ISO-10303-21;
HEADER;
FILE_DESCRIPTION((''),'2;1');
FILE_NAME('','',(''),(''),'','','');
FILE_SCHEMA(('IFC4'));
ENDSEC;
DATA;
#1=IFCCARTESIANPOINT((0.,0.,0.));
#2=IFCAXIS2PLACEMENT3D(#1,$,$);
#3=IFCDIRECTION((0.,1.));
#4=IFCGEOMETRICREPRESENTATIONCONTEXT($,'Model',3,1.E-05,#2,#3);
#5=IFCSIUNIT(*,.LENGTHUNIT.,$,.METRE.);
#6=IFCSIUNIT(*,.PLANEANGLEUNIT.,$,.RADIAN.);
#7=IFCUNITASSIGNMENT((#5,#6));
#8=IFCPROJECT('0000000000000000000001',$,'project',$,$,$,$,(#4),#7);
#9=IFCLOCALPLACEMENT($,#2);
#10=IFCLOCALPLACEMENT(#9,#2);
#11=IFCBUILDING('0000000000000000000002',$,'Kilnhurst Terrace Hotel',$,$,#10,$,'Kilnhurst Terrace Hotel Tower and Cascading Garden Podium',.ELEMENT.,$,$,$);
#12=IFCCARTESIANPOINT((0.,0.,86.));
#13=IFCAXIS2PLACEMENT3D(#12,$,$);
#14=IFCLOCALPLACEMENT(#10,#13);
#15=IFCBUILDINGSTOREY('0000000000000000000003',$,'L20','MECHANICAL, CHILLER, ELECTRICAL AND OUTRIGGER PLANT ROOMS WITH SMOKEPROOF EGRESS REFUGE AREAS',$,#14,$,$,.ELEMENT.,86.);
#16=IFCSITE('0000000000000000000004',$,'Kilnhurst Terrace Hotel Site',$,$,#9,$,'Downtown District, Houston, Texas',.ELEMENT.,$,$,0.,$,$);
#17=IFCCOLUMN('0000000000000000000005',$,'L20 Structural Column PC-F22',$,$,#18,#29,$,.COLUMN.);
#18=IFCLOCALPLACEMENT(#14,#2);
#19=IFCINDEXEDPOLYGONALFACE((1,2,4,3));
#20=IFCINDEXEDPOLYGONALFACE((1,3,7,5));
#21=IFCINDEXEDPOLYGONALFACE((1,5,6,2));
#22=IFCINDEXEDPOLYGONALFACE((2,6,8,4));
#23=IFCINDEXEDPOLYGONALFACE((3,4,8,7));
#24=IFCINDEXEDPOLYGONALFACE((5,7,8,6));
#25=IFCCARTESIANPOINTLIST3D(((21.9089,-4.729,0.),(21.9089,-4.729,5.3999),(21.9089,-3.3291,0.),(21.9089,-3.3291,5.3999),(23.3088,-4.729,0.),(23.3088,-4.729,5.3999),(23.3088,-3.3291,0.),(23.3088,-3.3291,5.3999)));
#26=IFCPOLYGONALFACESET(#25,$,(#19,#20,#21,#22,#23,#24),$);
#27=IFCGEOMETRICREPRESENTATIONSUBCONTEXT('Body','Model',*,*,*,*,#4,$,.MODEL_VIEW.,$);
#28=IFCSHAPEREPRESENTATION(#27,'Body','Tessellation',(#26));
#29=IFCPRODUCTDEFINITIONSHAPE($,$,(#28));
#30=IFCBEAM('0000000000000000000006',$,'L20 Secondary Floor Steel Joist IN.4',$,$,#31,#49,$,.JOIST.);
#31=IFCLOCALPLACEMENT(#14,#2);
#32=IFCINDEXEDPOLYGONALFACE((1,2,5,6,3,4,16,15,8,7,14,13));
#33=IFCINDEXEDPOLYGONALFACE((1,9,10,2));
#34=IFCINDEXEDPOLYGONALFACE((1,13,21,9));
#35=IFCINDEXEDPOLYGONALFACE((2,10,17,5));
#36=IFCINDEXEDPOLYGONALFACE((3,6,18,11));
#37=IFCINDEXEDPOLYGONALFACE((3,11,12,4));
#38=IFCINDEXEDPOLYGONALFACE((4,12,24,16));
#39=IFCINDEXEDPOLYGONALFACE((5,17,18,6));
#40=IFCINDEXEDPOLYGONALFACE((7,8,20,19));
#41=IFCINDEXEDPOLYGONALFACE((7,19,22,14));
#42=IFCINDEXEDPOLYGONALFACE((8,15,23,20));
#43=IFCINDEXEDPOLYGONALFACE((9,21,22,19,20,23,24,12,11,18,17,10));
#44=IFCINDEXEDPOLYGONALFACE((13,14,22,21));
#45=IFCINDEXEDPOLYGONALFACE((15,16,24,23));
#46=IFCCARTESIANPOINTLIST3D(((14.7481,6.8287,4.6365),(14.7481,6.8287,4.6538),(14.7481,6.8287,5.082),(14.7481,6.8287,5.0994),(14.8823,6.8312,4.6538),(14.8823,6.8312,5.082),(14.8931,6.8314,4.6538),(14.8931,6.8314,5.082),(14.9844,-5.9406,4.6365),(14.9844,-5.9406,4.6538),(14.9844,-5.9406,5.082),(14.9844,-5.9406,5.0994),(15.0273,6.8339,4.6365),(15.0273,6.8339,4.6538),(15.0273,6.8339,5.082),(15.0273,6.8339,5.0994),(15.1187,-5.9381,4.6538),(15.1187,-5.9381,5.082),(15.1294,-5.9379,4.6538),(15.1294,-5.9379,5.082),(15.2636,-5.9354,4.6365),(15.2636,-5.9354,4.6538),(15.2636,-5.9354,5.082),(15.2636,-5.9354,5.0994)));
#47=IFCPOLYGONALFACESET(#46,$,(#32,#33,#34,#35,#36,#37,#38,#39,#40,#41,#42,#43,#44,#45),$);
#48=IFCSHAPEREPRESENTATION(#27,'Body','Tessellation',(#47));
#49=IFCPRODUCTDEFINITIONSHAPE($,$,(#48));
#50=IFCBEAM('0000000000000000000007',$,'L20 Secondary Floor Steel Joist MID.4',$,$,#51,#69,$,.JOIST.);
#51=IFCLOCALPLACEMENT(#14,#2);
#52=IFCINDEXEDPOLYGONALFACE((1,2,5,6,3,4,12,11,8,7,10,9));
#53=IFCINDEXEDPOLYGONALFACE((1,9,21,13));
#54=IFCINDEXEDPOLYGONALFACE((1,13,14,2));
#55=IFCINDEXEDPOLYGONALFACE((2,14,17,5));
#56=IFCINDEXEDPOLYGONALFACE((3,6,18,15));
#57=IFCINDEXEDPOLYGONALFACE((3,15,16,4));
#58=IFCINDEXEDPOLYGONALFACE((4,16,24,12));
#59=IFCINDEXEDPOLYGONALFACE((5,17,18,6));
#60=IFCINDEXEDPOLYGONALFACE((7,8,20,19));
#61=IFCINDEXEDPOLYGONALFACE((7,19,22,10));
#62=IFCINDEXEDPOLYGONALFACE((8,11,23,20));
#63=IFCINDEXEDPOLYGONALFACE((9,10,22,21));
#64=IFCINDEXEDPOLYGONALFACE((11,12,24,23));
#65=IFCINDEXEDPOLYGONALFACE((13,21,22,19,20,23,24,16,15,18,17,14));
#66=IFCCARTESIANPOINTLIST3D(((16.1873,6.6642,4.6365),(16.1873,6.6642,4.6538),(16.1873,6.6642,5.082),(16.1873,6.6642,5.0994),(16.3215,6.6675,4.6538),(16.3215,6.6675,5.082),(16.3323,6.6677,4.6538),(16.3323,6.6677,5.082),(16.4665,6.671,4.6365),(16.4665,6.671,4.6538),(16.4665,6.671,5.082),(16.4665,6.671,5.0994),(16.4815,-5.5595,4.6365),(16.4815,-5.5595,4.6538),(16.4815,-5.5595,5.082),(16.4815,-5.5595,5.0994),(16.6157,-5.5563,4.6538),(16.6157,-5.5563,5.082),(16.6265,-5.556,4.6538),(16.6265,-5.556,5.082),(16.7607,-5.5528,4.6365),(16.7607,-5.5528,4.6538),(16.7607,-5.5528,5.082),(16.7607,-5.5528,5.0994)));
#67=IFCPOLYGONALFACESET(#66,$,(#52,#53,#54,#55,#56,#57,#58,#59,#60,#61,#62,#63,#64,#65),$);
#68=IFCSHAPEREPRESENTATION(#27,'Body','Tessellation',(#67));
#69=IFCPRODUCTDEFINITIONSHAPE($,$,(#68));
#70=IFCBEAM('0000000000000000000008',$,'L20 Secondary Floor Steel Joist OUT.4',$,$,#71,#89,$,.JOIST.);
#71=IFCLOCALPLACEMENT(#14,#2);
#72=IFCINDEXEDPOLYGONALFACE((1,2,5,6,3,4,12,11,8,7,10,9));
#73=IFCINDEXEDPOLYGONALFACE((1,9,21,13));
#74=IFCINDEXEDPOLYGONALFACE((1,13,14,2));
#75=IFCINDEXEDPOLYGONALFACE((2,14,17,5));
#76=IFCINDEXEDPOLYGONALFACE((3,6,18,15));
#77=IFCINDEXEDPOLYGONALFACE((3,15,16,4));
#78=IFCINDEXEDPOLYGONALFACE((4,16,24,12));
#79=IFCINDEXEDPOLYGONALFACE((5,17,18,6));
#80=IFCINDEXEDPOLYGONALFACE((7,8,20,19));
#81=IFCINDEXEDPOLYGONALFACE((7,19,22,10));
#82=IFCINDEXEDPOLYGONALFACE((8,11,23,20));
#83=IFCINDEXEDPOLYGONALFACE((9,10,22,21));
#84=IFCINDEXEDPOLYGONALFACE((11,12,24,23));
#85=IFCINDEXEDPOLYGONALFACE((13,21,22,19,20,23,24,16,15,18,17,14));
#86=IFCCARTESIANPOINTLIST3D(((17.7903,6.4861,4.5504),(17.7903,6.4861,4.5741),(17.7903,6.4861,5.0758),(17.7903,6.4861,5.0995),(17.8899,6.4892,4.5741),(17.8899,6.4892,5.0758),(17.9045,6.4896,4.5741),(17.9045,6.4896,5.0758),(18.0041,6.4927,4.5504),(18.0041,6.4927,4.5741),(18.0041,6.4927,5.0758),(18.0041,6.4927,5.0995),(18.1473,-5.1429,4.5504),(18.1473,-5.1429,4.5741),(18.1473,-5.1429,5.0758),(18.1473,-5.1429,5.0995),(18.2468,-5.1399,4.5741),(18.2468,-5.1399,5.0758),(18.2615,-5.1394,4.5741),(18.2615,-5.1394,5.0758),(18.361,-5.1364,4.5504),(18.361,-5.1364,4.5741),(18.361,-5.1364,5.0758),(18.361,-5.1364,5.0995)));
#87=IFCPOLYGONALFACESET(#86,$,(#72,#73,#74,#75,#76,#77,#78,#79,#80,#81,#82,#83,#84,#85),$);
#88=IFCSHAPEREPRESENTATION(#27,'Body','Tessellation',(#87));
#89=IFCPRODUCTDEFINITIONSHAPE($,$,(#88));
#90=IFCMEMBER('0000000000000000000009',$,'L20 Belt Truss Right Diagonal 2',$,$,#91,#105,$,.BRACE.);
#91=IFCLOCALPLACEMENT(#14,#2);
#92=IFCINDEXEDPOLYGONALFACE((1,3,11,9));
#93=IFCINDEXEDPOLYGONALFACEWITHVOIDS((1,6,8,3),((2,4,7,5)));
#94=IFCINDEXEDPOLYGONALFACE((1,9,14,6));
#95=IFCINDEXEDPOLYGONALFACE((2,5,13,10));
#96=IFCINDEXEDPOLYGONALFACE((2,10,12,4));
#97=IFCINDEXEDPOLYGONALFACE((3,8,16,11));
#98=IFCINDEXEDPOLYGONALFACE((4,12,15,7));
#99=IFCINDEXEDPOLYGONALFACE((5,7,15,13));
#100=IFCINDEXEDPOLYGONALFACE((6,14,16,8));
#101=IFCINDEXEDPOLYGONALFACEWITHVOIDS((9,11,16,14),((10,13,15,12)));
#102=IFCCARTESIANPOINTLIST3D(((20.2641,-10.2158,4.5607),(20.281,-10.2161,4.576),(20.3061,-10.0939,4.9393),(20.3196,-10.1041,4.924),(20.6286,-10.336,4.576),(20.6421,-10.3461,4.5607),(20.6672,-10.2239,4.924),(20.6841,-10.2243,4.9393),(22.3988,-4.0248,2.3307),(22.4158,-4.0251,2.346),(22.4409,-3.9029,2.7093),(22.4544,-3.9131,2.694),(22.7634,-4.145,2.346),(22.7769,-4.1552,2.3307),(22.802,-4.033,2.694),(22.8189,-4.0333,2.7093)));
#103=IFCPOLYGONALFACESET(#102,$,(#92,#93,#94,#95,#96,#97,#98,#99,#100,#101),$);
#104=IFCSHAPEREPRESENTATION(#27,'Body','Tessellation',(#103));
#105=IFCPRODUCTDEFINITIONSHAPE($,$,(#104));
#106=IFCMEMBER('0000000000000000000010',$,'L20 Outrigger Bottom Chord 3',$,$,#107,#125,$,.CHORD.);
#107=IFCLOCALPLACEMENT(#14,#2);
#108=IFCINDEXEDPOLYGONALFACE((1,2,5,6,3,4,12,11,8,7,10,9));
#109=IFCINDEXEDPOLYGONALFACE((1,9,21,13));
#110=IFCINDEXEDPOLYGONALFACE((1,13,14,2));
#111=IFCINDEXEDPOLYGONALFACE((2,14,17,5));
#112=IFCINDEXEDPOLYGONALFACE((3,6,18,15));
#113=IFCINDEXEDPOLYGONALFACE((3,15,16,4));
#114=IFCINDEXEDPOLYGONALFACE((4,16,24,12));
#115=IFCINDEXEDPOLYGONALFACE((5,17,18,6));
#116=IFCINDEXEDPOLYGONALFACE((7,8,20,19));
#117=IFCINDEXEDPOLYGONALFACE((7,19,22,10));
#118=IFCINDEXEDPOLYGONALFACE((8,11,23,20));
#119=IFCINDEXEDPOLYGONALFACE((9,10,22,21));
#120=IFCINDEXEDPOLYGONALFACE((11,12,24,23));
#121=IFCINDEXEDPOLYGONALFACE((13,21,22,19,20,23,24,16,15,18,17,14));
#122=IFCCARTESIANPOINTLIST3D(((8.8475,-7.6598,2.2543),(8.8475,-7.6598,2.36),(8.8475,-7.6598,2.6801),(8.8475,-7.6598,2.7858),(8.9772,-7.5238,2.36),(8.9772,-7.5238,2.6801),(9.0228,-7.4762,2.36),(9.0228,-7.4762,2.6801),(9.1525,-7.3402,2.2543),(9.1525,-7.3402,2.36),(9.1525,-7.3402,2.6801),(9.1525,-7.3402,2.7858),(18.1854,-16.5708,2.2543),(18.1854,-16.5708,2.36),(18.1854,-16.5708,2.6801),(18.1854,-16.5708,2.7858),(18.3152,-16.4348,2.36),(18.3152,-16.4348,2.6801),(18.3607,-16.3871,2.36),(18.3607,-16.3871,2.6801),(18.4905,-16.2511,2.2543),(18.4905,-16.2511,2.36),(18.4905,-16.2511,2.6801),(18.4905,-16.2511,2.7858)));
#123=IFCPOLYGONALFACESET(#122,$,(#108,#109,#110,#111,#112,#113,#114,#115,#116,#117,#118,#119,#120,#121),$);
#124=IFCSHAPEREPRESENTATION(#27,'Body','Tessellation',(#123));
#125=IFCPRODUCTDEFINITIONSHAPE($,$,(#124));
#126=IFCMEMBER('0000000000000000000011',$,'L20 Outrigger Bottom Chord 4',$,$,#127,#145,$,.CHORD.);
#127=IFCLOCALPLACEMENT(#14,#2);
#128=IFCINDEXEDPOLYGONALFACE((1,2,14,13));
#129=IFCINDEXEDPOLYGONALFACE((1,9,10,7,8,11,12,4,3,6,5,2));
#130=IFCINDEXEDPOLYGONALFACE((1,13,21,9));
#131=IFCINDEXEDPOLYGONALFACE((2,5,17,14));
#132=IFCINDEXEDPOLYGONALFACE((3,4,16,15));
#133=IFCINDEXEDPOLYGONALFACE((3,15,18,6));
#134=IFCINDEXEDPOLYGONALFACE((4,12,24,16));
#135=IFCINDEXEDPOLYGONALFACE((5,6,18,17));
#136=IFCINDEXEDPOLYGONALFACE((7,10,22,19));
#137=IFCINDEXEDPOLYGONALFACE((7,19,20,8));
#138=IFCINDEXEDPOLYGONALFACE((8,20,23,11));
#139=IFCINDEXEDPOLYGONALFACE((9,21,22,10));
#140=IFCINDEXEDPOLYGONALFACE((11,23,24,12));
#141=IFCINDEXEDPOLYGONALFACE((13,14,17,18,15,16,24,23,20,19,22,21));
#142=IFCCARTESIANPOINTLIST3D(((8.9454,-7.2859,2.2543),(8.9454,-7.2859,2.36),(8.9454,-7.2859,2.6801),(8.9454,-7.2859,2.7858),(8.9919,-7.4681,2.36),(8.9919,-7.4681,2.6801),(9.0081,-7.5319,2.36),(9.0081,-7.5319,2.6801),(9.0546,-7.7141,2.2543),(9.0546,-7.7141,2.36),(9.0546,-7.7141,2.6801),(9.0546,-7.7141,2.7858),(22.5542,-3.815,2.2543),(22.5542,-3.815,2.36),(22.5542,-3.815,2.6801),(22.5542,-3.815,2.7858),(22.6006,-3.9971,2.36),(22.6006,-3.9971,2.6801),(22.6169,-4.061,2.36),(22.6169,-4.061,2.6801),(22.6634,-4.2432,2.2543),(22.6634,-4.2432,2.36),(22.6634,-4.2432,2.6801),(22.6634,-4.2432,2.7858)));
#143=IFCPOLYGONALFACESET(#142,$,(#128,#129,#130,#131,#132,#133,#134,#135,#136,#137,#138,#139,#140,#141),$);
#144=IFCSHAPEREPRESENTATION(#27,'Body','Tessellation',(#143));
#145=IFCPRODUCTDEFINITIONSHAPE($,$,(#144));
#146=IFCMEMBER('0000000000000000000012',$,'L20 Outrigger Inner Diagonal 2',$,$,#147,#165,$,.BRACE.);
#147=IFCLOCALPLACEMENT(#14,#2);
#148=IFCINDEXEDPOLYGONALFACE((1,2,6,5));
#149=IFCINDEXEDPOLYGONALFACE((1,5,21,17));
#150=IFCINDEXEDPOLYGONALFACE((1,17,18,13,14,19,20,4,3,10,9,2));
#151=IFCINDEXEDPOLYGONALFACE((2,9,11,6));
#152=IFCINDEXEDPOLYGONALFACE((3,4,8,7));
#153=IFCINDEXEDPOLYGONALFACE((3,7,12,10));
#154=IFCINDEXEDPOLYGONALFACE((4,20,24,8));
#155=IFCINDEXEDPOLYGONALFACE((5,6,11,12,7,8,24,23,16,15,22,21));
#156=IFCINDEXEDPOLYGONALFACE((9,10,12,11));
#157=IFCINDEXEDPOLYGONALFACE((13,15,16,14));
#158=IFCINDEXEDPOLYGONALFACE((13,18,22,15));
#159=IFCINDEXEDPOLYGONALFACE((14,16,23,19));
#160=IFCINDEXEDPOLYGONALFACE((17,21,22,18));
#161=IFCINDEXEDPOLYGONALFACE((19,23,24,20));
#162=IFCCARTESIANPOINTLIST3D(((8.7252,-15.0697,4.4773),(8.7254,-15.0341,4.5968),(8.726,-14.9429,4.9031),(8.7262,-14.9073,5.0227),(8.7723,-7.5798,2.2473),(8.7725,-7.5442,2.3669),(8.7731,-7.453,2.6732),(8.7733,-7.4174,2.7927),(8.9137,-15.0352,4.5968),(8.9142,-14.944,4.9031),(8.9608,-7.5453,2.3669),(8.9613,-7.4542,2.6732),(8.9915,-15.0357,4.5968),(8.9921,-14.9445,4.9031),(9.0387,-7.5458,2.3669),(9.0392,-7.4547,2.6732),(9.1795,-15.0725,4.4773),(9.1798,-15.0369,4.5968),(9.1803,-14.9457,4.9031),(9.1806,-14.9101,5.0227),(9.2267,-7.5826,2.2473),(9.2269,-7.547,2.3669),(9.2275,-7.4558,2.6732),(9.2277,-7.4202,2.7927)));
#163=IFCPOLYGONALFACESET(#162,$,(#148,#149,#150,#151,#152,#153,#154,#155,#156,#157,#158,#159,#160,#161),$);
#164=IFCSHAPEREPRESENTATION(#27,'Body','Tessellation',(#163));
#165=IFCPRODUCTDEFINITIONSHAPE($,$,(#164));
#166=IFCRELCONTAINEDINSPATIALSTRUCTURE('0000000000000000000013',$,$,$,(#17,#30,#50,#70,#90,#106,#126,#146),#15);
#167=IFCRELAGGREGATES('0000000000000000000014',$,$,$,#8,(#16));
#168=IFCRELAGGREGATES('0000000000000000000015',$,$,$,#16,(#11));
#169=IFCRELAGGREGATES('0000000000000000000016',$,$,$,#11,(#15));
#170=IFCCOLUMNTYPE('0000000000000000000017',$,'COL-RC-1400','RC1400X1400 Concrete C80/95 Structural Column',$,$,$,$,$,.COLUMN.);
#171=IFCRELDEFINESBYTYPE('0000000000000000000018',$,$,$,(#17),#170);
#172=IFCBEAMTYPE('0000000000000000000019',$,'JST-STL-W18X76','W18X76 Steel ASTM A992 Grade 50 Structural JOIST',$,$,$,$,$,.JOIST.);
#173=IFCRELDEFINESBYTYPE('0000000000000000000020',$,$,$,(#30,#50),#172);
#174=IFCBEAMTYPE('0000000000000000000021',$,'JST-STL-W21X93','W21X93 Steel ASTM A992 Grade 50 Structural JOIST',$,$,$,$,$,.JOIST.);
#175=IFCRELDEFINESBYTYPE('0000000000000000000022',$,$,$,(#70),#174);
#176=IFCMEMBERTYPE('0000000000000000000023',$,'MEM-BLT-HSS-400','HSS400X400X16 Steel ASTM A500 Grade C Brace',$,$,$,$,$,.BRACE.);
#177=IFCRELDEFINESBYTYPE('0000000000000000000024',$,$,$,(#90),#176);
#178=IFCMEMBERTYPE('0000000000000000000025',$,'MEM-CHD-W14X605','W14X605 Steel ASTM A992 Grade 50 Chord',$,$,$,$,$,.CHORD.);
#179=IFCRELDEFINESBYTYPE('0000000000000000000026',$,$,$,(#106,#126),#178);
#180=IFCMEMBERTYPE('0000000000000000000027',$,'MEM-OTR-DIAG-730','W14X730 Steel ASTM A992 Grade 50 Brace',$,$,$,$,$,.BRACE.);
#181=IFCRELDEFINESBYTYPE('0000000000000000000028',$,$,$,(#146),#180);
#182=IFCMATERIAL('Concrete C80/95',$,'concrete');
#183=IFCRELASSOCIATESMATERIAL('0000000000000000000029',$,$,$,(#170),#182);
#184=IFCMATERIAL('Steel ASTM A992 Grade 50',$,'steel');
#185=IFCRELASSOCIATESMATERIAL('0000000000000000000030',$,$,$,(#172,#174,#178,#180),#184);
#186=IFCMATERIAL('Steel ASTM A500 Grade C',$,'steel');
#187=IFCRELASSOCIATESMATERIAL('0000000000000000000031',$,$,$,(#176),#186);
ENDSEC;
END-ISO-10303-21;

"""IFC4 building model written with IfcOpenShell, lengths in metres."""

from ifc_helpers import new_model, si_unit, direction, frame, origin, origin_2d, place, context, subcontext, project, spatial, rectangle, hollow_rectangle, i_section, extrude, material, material_profile, profile_set, type_object, element, save


model = new_model("IFC4")

# Units and contexts
model_context = context("Model", 3, precision=1e-05, world=origin(), true_north=direction((0.0, 1.0)))
body_context = subcontext(model_context, "Body", "Model", "MODEL_VIEW")
ifc_project = project(units=[si_unit("LENGTHUNIT", "METRE"), si_unit("PLANEANGLEUNIT", "RADIAN")], contexts=[model_context])

# Site, building, storey
site_placement = place(None, origin())
site = spatial("IfcSite", under=ifc_project, at=site_placement, Name="Kilnhurst Terrace Hotel Site", LongName="Downtown District, Houston, Texas", CompositionType="ELEMENT", RefElevation=0.0)
building_placement = place(site_placement, origin())
building = spatial("IfcBuilding", under=site, at=building_placement, Name="Kilnhurst Terrace Hotel", LongName="Kilnhurst Terrace Hotel Tower and Cascading Garden Podium", CompositionType="ELEMENT")
storey_placement = place(building_placement, frame((0.0, 0.0, 86.0)))
storey = spatial("IfcBuildingStorey", under=building, at=storey_placement, Name="L20", Description="MECHANICAL, CHILLER, ELECTRICAL AND OUTRIGGER PLANT ROOMS WITH SMOKEPROOF EGRESS REFUGE AREAS", CompositionType="ELEMENT", Elevation=86.0)

# Column
ifc_material_1 = material(Name="Concrete C80/95", Category="concrete")
ifc_material_profile_1 = material_profile(ifc_material_1, rectangle(XDim=1.3999, YDim=1.3999, at=origin_2d()), Name="RC1400X1400")
ifc_profile_set_1 = profile_set([ifc_material_profile_1], Name="Concrete C80/95")
column_type = type_object("IfcColumnType", Name="COL-RC-1400", Description="RC1400X1400 Concrete C80/95 Structural Column", PredefinedType="COLUMN", material=ifc_profile_set_1)
column_placement = place(storey_placement, frame((22.6089, -4.0291, 0.0), z_axis=(0.0, 0.0, 1.0), x_axis=(1.0, 0.0, 0.0)))
element("IfcColumn", 1, at=column_placement, inside=storey, type_object=column_type, Name="L20 Structural Column PC-F22", PredefinedType="COLUMN", context=body_context, shape_type="SweptSolid", body=[
    extrude(rectangle(XDim=1.3999, YDim=1.3999, at=origin_2d()), origin(), (0.0, 0.0, 1.0), 5.3999),
])

# Beams
ifc_material_2 = material(Name="Steel ASTM A992 Grade 50", Category="steel")
ifc_material_profile_2 = material_profile(ifc_material_2, i_section(OverallWidth=0.2793, OverallDepth=0.4629, WebThickness=0.0107, FlangeThickness=0.0173, at=origin_2d()), Name="W18X76")
ifc_profile_set_2 = profile_set([ifc_material_profile_2], Name="Steel ASTM A992 Grade 50")
beam_type_1 = type_object("IfcBeamType", Name="JST-STL-W18X76", Description="W18X76 Steel ASTM A992 Grade 50 Structural JOIST", PredefinedType="JOIST", material=ifc_profile_set_2)
beam_1_placement = place(storey_placement, frame((15.124, -5.938, 4.8679), z_axis=(-0.018504, 0.999829, 0.0), x_axis=(-0.999829, -0.018504, 0.0)))
element("IfcBeam", 2, at=beam_1_placement, inside=storey, type_object=beam_type_1, Name="L20 Secondary Floor Steel Joist IN.4", PredefinedType="JOIST", context=body_context, shape_type="SweptSolid", body=[
    extrude(i_section(OverallWidth=0.2793, OverallDepth=0.4629, WebThickness=0.0107, FlangeThickness=0.0173, at=origin_2d()), origin(), (0.0, 0.0, 1.0), 12.7715),
])
beam_2_placement = place(storey_placement, frame((16.6211, -5.5562, 4.8679), z_axis=(-0.02406, 0.999711, 0.0), x_axis=(-0.999711, -0.02406, 0.0)))
element("IfcBeam", 3, at=beam_2_placement, inside=storey, type_object=beam_type_1, Name="L20 Secondary Floor Steel Joist MID.4", PredefinedType="JOIST", context=body_context, shape_type="SweptSolid", body=[
    extrude(i_section(OverallWidth=0.2793, OverallDepth=0.4629, WebThickness=0.0107, FlangeThickness=0.0173, at=origin_2d()), origin(), (0.0, 0.0, 1.0), 12.2273),
])
ifc_material_profile_3 = material_profile(ifc_material_2, i_section(OverallWidth=0.2139, OverallDepth=0.5491, WebThickness=0.0146, FlangeThickness=0.0237, at=origin_2d()), Name="W21X93")
ifc_profile_set_3 = profile_set([ifc_material_profile_3], Name="Steel ASTM A992 Grade 50")
beam_type_2 = type_object("IfcBeamType", Name="JST-STL-W21X93", Description="W21X93 Steel ASTM A992 Grade 50 Structural JOIST", PredefinedType="JOIST", material=ifc_profile_set_3)
beam_3_placement = place(storey_placement, frame((18.2542, -5.1396, 4.825), z_axis=(-0.030679, 0.999529, 0.0), x_axis=(-0.999529, -0.030679, 0.0)))
element("IfcBeam", 4, at=beam_3_placement, inside=storey, type_object=beam_type_2, Name="L20 Secondary Floor Steel Joist OUT.4", PredefinedType="JOIST", context=body_context, shape_type="SweptSolid", body=[
    extrude(i_section(OverallWidth=0.2139, OverallDepth=0.5491, WebThickness=0.0146, FlangeThickness=0.0237, at=origin_2d()), origin(), (0.0, 0.0, 1.0), 11.6345),
])

# Members
ifc_material_3 = material(Name="Steel ASTM A500 Grade C", Category="steel")
ifc_material_profile_4 = material_profile(ifc_material_3, hollow_rectangle(XDim=0.3999, YDim=0.3999, WallThickness=0.0161, at=origin_2d()), Name="HSS400X400X16")
ifc_profile_set_4 = profile_set([ifc_material_profile_4], Name="Steel ASTM A500 Grade C")
member_type_1 = type_object("IfcMemberType", Name="MEM-BLT-HSS-400", Description="HSS400X400X16 Steel ASTM A500 Grade C Brace", PredefinedType="BRACE", material=ifc_profile_set_4)
member_1_placement = place(storey_placement, frame((22.6089, -4.0291, 2.52), z_axis=(-0.308585, -0.894911, 0.322349), x_axis=(0.945375, -0.325986, 0.0)))
element("IfcMember", 5, at=member_1_placement, inside=storey, type_object=member_type_1, Name="L20 Belt Truss Right Diagonal 2", PredefinedType="BRACE", context=body_context, shape_type="SweptSolid", body=[
    extrude(hollow_rectangle(XDim=0.3999, YDim=0.3999, WallThickness=0.0161, at=origin_2d()), origin(), (0.0, 0.0, 1.0), 6.918),
])
ifc_material_profile_5 = material_profile(ifc_material_2, i_section(OverallWidth=0.4419, OverallDepth=0.5315, WebThickness=0.0659, FlangeThickness=0.1057, at=origin_2d()), Name="W14X605")
ifc_profile_set_5 = profile_set([ifc_material_profile_5], Name="Steel ASTM A992 Grade 50")
member_type_2 = type_object("IfcMemberType", Name="MEM-CHD-W14X605", Description="W14X605 Steel ASTM A992 Grade 50 Chord", PredefinedType="CHORD", material=ifc_profile_set_5)
member_2_placement = place(storey_placement, frame((9.0, -7.5, 2.52), z_axis=(0.723454, -0.690372, 0.0), x_axis=(0.690372, 0.723454, 0.0)))
element("IfcMember", 6, at=member_2_placement, inside=storey, type_object=member_type_2, Name="L20 Outrigger Bottom Chord 3", PredefinedType="CHORD", context=body_context, shape_type="SweptSolid", body=[
    extrude(i_section(OverallWidth=0.4419, OverallDepth=0.5315, WebThickness=0.0659, FlangeThickness=0.1057, at=origin_2d()), origin(), (0.0, 0.0, 1.0), 12.9075),
])
member_3_placement = place(storey_placement, frame((9.0, -7.5, 2.52), z_axis=(0.96898, 0.247138, 0.0), x_axis=(-0.247138, 0.96898, 0.0)))
element("IfcMember", 7, at=member_3_placement, inside=storey, type_object=member_type_2, Name="L20 Outrigger Bottom Chord 4", PredefinedType="CHORD", context=body_context, shape_type="SweptSolid", body=[
    extrude(i_section(OverallWidth=0.4419, OverallDepth=0.5315, WebThickness=0.0659, FlangeThickness=0.1057, at=origin_2d()), origin(), (0.0, 0.0, 1.0), 14.0444),
])
ifc_material_profile_6 = material_profile(ifc_material_2, i_section(OverallWidth=0.4543, OverallDepth=0.5691, WebThickness=0.0779, FlangeThickness=0.1248, at=origin_2d()), Name="W14X730")
ifc_profile_set_6 = profile_set([ifc_material_profile_6], Name="Steel ASTM A992 Grade 50")
member_type_3 = type_object("IfcMemberType", Name="MEM-OTR-DIAG-730", Description="W14X730 Steel ASTM A992 Grade 50 Brace", PredefinedType="BRACE", material=ifc_profile_set_6)
member_4_placement = place(storey_placement, frame((9.0, -7.5, 2.52), z_axis=(-0.006029, -0.958406, 0.285344), x_axis=(0.99998, -0.006291, 0.0)))
element("IfcMember", 8, at=member_4_placement, inside=storey, type_object=member_type_3, Name="L20 Outrigger Inner Diagonal 2", PredefinedType="BRACE", context=body_context, shape_type="SweptSolid", body=[
    extrude(i_section(OverallWidth=0.4543, OverallDepth=0.5691, WebThickness=0.0779, FlangeThickness=0.1248, at=origin_2d()), origin(), (0.0, 0.0, 1.0), 7.8149),
])

save(model, "model.ifc")
